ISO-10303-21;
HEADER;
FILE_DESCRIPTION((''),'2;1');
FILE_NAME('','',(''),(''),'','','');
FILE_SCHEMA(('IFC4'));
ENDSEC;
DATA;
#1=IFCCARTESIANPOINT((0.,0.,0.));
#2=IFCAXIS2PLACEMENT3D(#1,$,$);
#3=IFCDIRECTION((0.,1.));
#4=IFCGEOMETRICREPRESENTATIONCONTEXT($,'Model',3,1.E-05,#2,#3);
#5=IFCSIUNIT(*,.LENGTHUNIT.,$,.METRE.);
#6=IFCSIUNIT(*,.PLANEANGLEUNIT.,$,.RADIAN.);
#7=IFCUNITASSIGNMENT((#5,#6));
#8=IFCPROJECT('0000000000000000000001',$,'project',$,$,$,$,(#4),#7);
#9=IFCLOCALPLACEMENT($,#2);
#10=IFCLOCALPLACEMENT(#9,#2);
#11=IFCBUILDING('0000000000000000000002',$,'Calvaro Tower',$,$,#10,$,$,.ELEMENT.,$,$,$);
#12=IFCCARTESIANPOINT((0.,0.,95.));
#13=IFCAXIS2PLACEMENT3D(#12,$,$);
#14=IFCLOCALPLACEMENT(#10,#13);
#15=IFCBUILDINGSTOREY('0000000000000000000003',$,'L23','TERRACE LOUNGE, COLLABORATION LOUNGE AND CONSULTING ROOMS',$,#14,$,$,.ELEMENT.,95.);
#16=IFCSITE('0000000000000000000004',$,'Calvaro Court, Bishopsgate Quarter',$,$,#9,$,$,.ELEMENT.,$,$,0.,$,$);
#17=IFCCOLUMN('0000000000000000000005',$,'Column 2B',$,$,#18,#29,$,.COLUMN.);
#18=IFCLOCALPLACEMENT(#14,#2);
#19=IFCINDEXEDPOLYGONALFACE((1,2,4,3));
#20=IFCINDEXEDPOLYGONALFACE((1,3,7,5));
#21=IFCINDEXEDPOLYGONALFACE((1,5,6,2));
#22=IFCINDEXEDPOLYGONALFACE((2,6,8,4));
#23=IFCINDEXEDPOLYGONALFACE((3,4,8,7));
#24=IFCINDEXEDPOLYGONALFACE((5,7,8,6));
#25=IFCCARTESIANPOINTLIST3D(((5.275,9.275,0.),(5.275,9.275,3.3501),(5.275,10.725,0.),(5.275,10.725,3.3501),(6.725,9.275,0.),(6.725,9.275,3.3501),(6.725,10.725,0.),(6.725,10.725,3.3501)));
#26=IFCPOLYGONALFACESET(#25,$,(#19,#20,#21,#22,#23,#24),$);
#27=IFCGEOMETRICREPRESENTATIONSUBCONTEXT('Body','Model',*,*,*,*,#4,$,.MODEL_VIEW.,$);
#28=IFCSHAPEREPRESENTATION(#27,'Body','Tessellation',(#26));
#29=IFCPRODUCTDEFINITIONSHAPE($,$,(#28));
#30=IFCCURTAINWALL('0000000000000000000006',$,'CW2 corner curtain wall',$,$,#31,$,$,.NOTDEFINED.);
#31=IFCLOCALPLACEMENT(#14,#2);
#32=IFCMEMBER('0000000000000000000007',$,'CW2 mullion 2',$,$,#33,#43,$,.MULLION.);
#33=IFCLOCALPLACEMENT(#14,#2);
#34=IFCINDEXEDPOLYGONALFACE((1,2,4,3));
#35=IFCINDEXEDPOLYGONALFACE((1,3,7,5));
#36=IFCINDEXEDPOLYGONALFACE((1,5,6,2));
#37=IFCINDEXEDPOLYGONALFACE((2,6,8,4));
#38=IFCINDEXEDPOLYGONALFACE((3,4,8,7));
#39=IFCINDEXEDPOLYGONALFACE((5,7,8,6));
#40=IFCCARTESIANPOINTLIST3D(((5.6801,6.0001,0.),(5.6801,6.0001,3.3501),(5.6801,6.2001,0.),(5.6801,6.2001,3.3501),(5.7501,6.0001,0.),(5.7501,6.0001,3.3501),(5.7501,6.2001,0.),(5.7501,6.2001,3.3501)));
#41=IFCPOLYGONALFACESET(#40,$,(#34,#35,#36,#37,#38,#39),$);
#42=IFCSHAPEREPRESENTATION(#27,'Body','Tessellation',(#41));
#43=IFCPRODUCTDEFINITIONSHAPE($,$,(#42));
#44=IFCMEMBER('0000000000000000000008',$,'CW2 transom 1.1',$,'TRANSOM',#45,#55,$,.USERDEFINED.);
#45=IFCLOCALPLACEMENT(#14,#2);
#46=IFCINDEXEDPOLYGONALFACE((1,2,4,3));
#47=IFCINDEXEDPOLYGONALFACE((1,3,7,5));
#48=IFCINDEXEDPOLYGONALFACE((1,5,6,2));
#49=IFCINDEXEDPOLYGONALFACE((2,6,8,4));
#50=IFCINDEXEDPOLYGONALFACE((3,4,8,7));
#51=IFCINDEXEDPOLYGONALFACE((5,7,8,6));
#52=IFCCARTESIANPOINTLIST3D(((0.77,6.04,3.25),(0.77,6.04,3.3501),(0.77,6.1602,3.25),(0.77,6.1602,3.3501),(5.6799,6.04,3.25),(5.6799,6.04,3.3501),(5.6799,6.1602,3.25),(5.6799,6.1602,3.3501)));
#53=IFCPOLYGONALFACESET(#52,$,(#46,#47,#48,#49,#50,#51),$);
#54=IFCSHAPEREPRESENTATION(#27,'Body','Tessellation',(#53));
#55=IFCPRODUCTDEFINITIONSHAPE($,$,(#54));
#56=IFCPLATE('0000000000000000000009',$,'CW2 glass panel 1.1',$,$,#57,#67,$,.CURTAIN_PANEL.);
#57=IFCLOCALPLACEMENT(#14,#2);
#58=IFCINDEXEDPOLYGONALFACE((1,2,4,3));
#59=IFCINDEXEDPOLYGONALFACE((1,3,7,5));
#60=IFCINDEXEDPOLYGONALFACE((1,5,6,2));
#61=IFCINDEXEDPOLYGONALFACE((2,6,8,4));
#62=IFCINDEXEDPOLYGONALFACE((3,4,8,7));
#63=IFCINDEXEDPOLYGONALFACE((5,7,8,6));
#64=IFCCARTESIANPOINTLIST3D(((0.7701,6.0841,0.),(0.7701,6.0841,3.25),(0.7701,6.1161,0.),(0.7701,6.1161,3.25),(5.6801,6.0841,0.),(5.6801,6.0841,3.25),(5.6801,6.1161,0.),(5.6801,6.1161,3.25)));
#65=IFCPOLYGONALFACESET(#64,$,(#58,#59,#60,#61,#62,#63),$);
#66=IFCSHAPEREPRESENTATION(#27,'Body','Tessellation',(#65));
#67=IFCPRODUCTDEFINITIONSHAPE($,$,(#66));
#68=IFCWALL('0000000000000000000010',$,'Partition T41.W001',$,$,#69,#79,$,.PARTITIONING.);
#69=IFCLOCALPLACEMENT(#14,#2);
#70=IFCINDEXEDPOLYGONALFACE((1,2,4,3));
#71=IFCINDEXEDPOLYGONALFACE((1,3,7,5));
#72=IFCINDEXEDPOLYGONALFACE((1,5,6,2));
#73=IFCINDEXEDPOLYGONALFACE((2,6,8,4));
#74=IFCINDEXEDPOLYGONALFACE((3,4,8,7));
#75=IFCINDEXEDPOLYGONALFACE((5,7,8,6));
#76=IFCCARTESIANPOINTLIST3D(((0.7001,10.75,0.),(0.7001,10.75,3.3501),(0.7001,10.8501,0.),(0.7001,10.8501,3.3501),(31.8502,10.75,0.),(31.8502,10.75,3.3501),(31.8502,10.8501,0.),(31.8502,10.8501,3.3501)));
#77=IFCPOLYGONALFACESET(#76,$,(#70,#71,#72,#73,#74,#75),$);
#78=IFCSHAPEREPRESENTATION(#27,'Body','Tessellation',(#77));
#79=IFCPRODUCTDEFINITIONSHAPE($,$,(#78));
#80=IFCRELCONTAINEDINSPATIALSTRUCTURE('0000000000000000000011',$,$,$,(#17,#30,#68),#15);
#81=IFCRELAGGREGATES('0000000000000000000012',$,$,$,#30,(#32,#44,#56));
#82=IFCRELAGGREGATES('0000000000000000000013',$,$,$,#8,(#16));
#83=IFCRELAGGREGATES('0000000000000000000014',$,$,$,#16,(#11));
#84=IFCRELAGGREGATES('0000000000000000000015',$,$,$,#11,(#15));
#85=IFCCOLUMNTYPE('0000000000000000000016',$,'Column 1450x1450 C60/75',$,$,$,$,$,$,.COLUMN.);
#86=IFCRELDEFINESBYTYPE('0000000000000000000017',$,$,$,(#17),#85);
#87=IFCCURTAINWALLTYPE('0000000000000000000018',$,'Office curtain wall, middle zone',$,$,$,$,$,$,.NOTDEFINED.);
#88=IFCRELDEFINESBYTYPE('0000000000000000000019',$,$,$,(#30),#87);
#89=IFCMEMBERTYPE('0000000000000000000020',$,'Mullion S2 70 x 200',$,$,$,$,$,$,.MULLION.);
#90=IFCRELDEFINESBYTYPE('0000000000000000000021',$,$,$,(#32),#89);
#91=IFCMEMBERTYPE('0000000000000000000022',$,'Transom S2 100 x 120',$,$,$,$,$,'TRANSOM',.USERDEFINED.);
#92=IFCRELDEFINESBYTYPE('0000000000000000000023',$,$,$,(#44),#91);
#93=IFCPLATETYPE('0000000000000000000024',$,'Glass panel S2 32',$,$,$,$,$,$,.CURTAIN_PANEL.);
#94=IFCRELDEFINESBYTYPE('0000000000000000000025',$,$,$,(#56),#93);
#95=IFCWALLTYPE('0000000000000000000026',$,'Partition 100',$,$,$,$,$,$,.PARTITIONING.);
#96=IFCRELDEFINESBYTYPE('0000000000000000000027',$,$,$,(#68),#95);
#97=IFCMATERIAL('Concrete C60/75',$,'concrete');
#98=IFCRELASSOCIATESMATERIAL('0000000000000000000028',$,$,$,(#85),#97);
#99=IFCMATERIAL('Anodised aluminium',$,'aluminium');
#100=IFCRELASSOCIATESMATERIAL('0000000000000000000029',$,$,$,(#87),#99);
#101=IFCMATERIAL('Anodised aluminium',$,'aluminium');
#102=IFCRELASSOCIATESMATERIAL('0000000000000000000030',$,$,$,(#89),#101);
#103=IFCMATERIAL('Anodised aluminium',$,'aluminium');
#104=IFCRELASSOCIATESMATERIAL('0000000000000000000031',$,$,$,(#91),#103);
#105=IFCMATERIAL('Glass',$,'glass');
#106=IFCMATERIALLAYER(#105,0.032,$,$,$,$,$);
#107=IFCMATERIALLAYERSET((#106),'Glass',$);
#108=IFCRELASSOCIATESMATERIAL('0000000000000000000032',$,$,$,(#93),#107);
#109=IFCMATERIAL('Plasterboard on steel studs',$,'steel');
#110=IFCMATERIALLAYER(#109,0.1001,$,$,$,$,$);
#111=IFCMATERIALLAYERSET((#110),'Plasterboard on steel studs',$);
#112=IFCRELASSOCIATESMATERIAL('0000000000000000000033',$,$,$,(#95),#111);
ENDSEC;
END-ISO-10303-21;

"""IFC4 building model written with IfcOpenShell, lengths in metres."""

from ifc_helpers import new_model, si_unit, direction, frame, frame_2d, origin, origin_2d, place, context, subcontext, project, spatial, rectangle, extrude, material, layer, layer_set, material_profile, profile_set, type_object, element, aggregate, save


model = new_model("IFC4")

# Units and contexts
model_context = context("Model", 3, precision=1e-05, world=origin(), true_north=direction((0.0, 1.0)))
body_context = subcontext(model_context, "Body", "Model", "MODEL_VIEW")
ifc_project = project(units=[si_unit("LENGTHUNIT", "METRE"), si_unit("PLANEANGLEUNIT", "RADIAN")], contexts=[model_context])

# Site, building, storey
site_placement = place(None, origin())
site = spatial("IfcSite", under=ifc_project, at=site_placement, Name="Calvaro Court, Bishopsgate Quarter", CompositionType="ELEMENT", RefElevation=0.0)
building_placement = place(site_placement, origin())
building = spatial("IfcBuilding", under=site, at=building_placement, Name="Calvaro Tower", CompositionType="ELEMENT")
storey_placement = place(building_placement, frame((0.0, 0.0, 95.0)))
storey = spatial("IfcBuildingStorey", under=building, at=storey_placement, Name="L23", Description="TERRACE LOUNGE, COLLABORATION LOUNGE AND CONSULTING ROOMS", CompositionType="ELEMENT", Elevation=95.0)

# Column
ifc_material_1 = material(Name="Concrete C60/75", Category="concrete")
ifc_material_profile_1 = material_profile(ifc_material_1, rectangle(XDim=1.45, YDim=1.45, at=origin_2d()), Name="RC 1450x1450")
ifc_profile_set_1 = profile_set([ifc_material_profile_1], Name="Concrete C60/75")
column_type = type_object("IfcColumnType", Name="Column 1450x1450 C60/75", PredefinedType="COLUMN", material=ifc_profile_set_1)
column_placement = place(storey_placement, frame((6.0, 10.0, 0.0), z_axis=(0.0, 0.0, 1.0), x_axis=(1.0, 0.0, 0.0)))
element("IfcColumn", 1, at=column_placement, inside=storey, type_object=column_type, Name="Column 2B", PredefinedType="COLUMN", context=body_context, shape_type="SweptSolid", body=[
    extrude(rectangle(XDim=1.45, YDim=1.45, at=origin_2d()), origin(), (0.0, 0.0, 1.0), 3.3501),
])

# Curtain wall, members, plate
ifc_material_2 = material(Name="Anodised aluminium", Category="aluminium")
curtain_wall_type = type_object("IfcCurtainWallType", Name="Office curtain wall, middle zone", PredefinedType="NOTDEFINED", material=ifc_material_2)
curtain_wall_placement = place(storey_placement, origin())
curtain_wall = element("IfcCurtainWall", 2, at=curtain_wall_placement, inside=storey, type_object=curtain_wall_type, Name="CW2 corner curtain wall", PredefinedType="NOTDEFINED")
ifc_material_3 = material(Name="Anodised aluminium", Category="aluminium")
ifc_material_profile_2 = material_profile(ifc_material_3, rectangle(XDim=0.2, YDim=0.0701, at=origin_2d()), Name="Mullion S2 70 x 200")
ifc_profile_set_2 = profile_set([ifc_material_profile_2], Name="Anodised aluminium")
member_type_1 = type_object("IfcMemberType", Name="Mullion S2 70 x 200", PredefinedType="MULLION", material=ifc_profile_set_2)
member_1_placement = place(storey_placement, frame((5.7151, 6.1001, 0.0), z_axis=(0.0, 0.0, 1.0), x_axis=(0.0, 1.0, 0.0)))
member_1 = element("IfcMember", 3, at=member_1_placement, type_object=member_type_1, Name="CW2 mullion 2", PredefinedType="MULLION", context=body_context, shape_type="SweptSolid", body=[
    extrude(rectangle(XDim=0.2, YDim=0.0701, at=origin_2d()), origin(), (0.0, 0.0, 1.0), 3.3501),
])
ifc_material_4 = material(Name="Anodised aluminium", Category="aluminium")
ifc_material_profile_3 = material_profile(ifc_material_4, rectangle(XDim=0.1201, YDim=0.1001, at=origin_2d()), Name="Transom S2 100 x 120")
ifc_profile_set_3 = profile_set([ifc_material_profile_3], Name="Anodised aluminium")
member_type_2 = type_object("IfcMemberType", Name="Transom S2 100 x 120", ElementType="TRANSOM", PredefinedType="USERDEFINED", material=ifc_profile_set_3)
member_2_placement = place(storey_placement, frame((0.77, 6.1001, 3.3), z_axis=(1.0, 0.0, 0.0), x_axis=(0.0, 1.0, 0.0)))
member_2 = element("IfcMember", 4, at=member_2_placement, type_object=member_type_2, Name="CW2 transom 1.1", ObjectType="TRANSOM", PredefinedType="USERDEFINED", context=body_context, shape_type="SweptSolid", body=[
    extrude(rectangle(XDim=0.1201, YDim=0.1001, at=origin_2d()), origin(), (0.0, 0.0, 1.0), 4.9099),
])
ifc_material_5 = material(Name="Glass", Category="glass")
ifc_layer_1 = layer(ifc_material_5, 0.032)
ifc_layer_set_1 = layer_set([ifc_layer_1], Name="Glass")
plate_type = type_object("IfcPlateType", Name="Glass panel S2 32", PredefinedType="CURTAIN_PANEL", material=ifc_layer_set_1)
plate_placement = place(storey_placement, frame((3.2251, 6.1001, 0.0), z_axis=(0.0, 0.0, 1.0), x_axis=(1.0, 0.0, 0.0)))
plate = element("IfcPlate", 5, at=plate_placement, type_object=plate_type, Name="CW2 glass panel 1.1", PredefinedType="CURTAIN_PANEL", context=body_context, shape_type="SweptSolid", body=[
    extrude(rectangle(XDim=4.9099, YDim=0.032, at=origin_2d()), origin(), (0.0, 0.0, 1.0), 3.25),
])
aggregate(curtain_wall, [member_1, member_2, plate])

# Wall
ifc_material_6 = material(Name="Plasterboard on steel studs", Category="steel")
ifc_layer_2 = layer(ifc_material_6, 0.1001)
ifc_layer_set_2 = layer_set([ifc_layer_2], Name="Plasterboard on steel studs")
wall_type = type_object("IfcWallType", Name="Partition 100", PredefinedType="PARTITIONING", material=ifc_layer_set_2)
wall_placement = place(storey_placement, frame((0.7, 10.8, 0.0), z_axis=(0.0, 0.0, 1.0), x_axis=(1.0, 0.0, 0.0)))
element("IfcWall", 6, at=wall_placement, inside=storey, type_object=wall_type, Name="Partition T41.W001", PredefinedType="PARTITIONING", context=body_context, shape_type="SweptSolid", body=[
    extrude(rectangle(XDim=31.1501, YDim=0.1001, at=frame_2d((15.5752, 0.0))), origin(), (0.0, 0.0, 1.0), 3.3501),
])

save(model, "model.ifc")
